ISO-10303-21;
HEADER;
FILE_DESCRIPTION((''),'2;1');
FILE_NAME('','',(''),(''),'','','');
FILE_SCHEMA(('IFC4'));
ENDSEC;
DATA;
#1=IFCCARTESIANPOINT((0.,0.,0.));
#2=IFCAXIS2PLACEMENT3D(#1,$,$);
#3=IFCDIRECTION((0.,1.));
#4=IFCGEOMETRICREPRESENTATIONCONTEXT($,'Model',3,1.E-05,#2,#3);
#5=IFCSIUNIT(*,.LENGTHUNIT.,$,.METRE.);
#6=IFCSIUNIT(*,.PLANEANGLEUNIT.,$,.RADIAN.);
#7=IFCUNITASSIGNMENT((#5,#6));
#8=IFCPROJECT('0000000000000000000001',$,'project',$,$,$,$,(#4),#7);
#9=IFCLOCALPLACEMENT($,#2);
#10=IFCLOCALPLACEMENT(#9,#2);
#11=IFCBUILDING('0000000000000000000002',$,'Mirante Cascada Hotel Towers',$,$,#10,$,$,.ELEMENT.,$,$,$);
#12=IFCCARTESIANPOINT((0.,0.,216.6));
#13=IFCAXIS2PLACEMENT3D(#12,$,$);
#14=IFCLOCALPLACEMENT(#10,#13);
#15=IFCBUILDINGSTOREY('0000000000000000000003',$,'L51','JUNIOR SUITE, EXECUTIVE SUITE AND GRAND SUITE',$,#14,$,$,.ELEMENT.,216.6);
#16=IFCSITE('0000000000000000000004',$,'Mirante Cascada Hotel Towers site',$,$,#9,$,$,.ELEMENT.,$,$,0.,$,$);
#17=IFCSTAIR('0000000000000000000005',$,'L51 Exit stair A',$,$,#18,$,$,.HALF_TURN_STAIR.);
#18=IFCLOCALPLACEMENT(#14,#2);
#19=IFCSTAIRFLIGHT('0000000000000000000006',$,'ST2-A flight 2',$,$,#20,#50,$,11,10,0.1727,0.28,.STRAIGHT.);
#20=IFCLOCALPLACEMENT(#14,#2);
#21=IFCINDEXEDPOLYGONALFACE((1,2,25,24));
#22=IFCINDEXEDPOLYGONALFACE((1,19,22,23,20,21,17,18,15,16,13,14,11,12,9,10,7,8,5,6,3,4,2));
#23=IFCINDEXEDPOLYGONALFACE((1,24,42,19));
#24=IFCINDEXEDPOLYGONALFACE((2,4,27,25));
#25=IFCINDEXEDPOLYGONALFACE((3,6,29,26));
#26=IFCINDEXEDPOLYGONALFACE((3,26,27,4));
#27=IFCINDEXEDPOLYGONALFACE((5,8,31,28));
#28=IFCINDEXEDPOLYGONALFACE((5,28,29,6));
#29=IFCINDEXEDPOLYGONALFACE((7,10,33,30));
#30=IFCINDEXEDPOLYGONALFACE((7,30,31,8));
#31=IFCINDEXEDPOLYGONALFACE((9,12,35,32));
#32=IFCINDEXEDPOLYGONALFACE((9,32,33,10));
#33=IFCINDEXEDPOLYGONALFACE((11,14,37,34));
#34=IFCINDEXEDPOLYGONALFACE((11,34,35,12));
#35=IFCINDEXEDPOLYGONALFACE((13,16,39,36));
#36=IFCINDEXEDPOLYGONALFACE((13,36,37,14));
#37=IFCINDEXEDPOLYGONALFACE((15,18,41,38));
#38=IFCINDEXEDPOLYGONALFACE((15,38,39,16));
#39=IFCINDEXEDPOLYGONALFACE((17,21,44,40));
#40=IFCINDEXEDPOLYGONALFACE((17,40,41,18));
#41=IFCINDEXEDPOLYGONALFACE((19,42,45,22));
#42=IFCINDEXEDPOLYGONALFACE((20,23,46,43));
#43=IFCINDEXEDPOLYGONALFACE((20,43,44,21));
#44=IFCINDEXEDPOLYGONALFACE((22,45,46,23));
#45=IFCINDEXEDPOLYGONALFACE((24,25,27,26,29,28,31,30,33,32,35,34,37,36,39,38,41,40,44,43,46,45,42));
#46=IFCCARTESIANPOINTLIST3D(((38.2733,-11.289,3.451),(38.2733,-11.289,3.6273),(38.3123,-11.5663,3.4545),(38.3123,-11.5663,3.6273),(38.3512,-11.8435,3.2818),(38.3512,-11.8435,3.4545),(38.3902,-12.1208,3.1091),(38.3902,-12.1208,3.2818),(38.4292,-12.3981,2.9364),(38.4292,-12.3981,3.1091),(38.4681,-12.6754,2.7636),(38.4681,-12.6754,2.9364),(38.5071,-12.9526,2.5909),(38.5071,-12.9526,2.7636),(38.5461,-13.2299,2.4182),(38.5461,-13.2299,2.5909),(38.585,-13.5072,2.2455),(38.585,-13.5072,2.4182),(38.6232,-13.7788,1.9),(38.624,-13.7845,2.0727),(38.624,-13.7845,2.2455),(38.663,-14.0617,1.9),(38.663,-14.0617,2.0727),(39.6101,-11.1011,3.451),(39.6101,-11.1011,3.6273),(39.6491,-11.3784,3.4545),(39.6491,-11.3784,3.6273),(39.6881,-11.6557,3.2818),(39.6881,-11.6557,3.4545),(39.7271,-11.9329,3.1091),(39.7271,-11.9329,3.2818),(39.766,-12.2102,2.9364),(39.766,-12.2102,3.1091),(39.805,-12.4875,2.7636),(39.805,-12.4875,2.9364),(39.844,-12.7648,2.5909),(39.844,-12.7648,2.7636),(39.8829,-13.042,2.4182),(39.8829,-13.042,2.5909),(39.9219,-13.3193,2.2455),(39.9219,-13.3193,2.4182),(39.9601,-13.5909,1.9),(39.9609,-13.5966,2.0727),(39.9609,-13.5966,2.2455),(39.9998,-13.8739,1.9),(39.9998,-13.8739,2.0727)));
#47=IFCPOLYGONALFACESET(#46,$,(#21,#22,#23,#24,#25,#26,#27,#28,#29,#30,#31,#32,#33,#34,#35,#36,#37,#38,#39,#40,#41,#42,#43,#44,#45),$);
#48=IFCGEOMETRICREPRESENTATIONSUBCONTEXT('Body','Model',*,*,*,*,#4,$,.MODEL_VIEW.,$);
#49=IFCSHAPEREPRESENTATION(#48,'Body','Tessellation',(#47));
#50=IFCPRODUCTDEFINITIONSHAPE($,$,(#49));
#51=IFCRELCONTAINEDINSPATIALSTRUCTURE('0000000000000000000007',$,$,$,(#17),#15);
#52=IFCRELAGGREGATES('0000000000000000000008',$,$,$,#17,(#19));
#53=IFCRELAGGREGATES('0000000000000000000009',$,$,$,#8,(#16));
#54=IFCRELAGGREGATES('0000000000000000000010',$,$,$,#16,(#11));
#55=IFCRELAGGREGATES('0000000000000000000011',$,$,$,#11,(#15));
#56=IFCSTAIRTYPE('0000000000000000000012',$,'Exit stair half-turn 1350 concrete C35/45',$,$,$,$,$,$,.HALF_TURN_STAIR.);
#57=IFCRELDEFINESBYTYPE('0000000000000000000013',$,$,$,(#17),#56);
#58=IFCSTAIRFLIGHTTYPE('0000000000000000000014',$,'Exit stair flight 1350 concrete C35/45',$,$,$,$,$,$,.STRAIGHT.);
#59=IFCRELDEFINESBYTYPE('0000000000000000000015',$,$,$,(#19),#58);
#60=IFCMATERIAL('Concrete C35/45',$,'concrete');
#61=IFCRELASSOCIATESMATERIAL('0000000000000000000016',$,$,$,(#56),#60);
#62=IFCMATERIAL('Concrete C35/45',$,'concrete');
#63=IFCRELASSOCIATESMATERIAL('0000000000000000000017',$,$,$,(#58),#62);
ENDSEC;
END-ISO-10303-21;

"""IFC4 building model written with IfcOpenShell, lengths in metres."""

from ifc_helpers import new_model, si_unit, direction, frame, origin, place, context, subcontext, project, spatial, polyline, outline, extrude, material, type_object, element, aggregate, save


model = new_model("IFC4")

# Units and contexts
model_context = context("Model", 3, precision=1e-05, world=origin(), true_north=direction((0.0, 1.0)))
body_context = subcontext(model_context, "Body", "Model", "MODEL_VIEW")
ifc_project = project(units=[si_unit("LENGTHUNIT", "METRE"), si_unit("PLANEANGLEUNIT", "RADIAN")], contexts=[model_context])

# Site, building, storey
site_placement = place(None, origin())
site = spatial("IfcSite", under=ifc_project, at=site_placement, Name="Mirante Cascada Hotel Towers site", CompositionType="ELEMENT", RefElevation=0.0)
building_placement = place(site_placement, origin())
building = spatial("IfcBuilding", under=site, at=building_placement, Name="Mirante Cascada Hotel Towers", CompositionType="ELEMENT")
storey_placement = place(building_placement, frame((0.0, 0.0, 216.6)))
storey = spatial("IfcBuildingStorey", under=building, at=storey_placement, Name="L51", Description="JUNIOR SUITE, EXECUTIVE SUITE AND GRAND SUITE", CompositionType="ELEMENT", Elevation=216.6)

# Stair, stair flight
ifc_material_1 = material(Name="Concrete C35/45", Category="concrete")
stair_type = type_object("IfcStairType", Name="Exit stair half-turn 1350 concrete C35/45", PredefinedType="HALF_TURN_STAIR", material=ifc_material_1)
stair_placement = place(storey_placement, origin())
stair = element("IfcStair", 1, at=stair_placement, inside=storey, type_object=stair_type, Name="L51 Exit stair A", PredefinedType="HALF_TURN_STAIR")
ifc_material_2 = material(Name="Concrete C35/45", Category="concrete")
stair_flight_type = type_object("IfcStairFlightType", Name="Exit stair flight 1350 concrete C35/45", PredefinedType="STRAIGHT", material=ifc_material_2)
stair_flight_placement = place(storey_placement, frame((39.3314, -13.9678, 1.9), z_axis=(0.0, 0.0, 1.0), x_axis=(-0.139173, 0.990268, 0.0)))
stair_flight = element("IfcStairFlight", 2, at=stair_flight_placement, type_object=stair_flight_type, Name="ST2-A flight 2", NumberOfRisers=11, NumberOfTreads=10, PredefinedType="STRAIGHT", RiserHeight=0.1727, TreadLength=0.28, context=body_context, shape_type="SweptSolid", body=[
    extrude(outline(polyline([(0.0, 0.0), (0.0, 0.1727), (0.28, 0.1727), (0.28, 0.3455), (0.56, 0.3455), (0.56, 0.5182), (0.84, 0.5182), (0.84, 0.6909), (1.12, 0.6909), (1.12, 0.8636), (1.4, 0.8636), (1.4, 1.0364), (1.68, 1.0364), (1.68, 1.2091), (1.96, 1.2091), (1.96, 1.3818), (2.24, 1.3818), (2.24, 1.5545), (2.52, 1.5545), (2.52, 1.7273), (2.8, 1.7273), (2.8, 1.9), (2.8, 1.551), (0.2857, 0.0), (0.0, 0.0)])), frame((0.0, 0.675, 0.0), z_axis=(0.0, -1.0, 0.0), x_axis=(1.0, 0.0, 0.0)), (0.0, 0.0, 1.0), 1.35),
])
aggregate(stair, [stair_flight])

save(model, "model.ifc")
